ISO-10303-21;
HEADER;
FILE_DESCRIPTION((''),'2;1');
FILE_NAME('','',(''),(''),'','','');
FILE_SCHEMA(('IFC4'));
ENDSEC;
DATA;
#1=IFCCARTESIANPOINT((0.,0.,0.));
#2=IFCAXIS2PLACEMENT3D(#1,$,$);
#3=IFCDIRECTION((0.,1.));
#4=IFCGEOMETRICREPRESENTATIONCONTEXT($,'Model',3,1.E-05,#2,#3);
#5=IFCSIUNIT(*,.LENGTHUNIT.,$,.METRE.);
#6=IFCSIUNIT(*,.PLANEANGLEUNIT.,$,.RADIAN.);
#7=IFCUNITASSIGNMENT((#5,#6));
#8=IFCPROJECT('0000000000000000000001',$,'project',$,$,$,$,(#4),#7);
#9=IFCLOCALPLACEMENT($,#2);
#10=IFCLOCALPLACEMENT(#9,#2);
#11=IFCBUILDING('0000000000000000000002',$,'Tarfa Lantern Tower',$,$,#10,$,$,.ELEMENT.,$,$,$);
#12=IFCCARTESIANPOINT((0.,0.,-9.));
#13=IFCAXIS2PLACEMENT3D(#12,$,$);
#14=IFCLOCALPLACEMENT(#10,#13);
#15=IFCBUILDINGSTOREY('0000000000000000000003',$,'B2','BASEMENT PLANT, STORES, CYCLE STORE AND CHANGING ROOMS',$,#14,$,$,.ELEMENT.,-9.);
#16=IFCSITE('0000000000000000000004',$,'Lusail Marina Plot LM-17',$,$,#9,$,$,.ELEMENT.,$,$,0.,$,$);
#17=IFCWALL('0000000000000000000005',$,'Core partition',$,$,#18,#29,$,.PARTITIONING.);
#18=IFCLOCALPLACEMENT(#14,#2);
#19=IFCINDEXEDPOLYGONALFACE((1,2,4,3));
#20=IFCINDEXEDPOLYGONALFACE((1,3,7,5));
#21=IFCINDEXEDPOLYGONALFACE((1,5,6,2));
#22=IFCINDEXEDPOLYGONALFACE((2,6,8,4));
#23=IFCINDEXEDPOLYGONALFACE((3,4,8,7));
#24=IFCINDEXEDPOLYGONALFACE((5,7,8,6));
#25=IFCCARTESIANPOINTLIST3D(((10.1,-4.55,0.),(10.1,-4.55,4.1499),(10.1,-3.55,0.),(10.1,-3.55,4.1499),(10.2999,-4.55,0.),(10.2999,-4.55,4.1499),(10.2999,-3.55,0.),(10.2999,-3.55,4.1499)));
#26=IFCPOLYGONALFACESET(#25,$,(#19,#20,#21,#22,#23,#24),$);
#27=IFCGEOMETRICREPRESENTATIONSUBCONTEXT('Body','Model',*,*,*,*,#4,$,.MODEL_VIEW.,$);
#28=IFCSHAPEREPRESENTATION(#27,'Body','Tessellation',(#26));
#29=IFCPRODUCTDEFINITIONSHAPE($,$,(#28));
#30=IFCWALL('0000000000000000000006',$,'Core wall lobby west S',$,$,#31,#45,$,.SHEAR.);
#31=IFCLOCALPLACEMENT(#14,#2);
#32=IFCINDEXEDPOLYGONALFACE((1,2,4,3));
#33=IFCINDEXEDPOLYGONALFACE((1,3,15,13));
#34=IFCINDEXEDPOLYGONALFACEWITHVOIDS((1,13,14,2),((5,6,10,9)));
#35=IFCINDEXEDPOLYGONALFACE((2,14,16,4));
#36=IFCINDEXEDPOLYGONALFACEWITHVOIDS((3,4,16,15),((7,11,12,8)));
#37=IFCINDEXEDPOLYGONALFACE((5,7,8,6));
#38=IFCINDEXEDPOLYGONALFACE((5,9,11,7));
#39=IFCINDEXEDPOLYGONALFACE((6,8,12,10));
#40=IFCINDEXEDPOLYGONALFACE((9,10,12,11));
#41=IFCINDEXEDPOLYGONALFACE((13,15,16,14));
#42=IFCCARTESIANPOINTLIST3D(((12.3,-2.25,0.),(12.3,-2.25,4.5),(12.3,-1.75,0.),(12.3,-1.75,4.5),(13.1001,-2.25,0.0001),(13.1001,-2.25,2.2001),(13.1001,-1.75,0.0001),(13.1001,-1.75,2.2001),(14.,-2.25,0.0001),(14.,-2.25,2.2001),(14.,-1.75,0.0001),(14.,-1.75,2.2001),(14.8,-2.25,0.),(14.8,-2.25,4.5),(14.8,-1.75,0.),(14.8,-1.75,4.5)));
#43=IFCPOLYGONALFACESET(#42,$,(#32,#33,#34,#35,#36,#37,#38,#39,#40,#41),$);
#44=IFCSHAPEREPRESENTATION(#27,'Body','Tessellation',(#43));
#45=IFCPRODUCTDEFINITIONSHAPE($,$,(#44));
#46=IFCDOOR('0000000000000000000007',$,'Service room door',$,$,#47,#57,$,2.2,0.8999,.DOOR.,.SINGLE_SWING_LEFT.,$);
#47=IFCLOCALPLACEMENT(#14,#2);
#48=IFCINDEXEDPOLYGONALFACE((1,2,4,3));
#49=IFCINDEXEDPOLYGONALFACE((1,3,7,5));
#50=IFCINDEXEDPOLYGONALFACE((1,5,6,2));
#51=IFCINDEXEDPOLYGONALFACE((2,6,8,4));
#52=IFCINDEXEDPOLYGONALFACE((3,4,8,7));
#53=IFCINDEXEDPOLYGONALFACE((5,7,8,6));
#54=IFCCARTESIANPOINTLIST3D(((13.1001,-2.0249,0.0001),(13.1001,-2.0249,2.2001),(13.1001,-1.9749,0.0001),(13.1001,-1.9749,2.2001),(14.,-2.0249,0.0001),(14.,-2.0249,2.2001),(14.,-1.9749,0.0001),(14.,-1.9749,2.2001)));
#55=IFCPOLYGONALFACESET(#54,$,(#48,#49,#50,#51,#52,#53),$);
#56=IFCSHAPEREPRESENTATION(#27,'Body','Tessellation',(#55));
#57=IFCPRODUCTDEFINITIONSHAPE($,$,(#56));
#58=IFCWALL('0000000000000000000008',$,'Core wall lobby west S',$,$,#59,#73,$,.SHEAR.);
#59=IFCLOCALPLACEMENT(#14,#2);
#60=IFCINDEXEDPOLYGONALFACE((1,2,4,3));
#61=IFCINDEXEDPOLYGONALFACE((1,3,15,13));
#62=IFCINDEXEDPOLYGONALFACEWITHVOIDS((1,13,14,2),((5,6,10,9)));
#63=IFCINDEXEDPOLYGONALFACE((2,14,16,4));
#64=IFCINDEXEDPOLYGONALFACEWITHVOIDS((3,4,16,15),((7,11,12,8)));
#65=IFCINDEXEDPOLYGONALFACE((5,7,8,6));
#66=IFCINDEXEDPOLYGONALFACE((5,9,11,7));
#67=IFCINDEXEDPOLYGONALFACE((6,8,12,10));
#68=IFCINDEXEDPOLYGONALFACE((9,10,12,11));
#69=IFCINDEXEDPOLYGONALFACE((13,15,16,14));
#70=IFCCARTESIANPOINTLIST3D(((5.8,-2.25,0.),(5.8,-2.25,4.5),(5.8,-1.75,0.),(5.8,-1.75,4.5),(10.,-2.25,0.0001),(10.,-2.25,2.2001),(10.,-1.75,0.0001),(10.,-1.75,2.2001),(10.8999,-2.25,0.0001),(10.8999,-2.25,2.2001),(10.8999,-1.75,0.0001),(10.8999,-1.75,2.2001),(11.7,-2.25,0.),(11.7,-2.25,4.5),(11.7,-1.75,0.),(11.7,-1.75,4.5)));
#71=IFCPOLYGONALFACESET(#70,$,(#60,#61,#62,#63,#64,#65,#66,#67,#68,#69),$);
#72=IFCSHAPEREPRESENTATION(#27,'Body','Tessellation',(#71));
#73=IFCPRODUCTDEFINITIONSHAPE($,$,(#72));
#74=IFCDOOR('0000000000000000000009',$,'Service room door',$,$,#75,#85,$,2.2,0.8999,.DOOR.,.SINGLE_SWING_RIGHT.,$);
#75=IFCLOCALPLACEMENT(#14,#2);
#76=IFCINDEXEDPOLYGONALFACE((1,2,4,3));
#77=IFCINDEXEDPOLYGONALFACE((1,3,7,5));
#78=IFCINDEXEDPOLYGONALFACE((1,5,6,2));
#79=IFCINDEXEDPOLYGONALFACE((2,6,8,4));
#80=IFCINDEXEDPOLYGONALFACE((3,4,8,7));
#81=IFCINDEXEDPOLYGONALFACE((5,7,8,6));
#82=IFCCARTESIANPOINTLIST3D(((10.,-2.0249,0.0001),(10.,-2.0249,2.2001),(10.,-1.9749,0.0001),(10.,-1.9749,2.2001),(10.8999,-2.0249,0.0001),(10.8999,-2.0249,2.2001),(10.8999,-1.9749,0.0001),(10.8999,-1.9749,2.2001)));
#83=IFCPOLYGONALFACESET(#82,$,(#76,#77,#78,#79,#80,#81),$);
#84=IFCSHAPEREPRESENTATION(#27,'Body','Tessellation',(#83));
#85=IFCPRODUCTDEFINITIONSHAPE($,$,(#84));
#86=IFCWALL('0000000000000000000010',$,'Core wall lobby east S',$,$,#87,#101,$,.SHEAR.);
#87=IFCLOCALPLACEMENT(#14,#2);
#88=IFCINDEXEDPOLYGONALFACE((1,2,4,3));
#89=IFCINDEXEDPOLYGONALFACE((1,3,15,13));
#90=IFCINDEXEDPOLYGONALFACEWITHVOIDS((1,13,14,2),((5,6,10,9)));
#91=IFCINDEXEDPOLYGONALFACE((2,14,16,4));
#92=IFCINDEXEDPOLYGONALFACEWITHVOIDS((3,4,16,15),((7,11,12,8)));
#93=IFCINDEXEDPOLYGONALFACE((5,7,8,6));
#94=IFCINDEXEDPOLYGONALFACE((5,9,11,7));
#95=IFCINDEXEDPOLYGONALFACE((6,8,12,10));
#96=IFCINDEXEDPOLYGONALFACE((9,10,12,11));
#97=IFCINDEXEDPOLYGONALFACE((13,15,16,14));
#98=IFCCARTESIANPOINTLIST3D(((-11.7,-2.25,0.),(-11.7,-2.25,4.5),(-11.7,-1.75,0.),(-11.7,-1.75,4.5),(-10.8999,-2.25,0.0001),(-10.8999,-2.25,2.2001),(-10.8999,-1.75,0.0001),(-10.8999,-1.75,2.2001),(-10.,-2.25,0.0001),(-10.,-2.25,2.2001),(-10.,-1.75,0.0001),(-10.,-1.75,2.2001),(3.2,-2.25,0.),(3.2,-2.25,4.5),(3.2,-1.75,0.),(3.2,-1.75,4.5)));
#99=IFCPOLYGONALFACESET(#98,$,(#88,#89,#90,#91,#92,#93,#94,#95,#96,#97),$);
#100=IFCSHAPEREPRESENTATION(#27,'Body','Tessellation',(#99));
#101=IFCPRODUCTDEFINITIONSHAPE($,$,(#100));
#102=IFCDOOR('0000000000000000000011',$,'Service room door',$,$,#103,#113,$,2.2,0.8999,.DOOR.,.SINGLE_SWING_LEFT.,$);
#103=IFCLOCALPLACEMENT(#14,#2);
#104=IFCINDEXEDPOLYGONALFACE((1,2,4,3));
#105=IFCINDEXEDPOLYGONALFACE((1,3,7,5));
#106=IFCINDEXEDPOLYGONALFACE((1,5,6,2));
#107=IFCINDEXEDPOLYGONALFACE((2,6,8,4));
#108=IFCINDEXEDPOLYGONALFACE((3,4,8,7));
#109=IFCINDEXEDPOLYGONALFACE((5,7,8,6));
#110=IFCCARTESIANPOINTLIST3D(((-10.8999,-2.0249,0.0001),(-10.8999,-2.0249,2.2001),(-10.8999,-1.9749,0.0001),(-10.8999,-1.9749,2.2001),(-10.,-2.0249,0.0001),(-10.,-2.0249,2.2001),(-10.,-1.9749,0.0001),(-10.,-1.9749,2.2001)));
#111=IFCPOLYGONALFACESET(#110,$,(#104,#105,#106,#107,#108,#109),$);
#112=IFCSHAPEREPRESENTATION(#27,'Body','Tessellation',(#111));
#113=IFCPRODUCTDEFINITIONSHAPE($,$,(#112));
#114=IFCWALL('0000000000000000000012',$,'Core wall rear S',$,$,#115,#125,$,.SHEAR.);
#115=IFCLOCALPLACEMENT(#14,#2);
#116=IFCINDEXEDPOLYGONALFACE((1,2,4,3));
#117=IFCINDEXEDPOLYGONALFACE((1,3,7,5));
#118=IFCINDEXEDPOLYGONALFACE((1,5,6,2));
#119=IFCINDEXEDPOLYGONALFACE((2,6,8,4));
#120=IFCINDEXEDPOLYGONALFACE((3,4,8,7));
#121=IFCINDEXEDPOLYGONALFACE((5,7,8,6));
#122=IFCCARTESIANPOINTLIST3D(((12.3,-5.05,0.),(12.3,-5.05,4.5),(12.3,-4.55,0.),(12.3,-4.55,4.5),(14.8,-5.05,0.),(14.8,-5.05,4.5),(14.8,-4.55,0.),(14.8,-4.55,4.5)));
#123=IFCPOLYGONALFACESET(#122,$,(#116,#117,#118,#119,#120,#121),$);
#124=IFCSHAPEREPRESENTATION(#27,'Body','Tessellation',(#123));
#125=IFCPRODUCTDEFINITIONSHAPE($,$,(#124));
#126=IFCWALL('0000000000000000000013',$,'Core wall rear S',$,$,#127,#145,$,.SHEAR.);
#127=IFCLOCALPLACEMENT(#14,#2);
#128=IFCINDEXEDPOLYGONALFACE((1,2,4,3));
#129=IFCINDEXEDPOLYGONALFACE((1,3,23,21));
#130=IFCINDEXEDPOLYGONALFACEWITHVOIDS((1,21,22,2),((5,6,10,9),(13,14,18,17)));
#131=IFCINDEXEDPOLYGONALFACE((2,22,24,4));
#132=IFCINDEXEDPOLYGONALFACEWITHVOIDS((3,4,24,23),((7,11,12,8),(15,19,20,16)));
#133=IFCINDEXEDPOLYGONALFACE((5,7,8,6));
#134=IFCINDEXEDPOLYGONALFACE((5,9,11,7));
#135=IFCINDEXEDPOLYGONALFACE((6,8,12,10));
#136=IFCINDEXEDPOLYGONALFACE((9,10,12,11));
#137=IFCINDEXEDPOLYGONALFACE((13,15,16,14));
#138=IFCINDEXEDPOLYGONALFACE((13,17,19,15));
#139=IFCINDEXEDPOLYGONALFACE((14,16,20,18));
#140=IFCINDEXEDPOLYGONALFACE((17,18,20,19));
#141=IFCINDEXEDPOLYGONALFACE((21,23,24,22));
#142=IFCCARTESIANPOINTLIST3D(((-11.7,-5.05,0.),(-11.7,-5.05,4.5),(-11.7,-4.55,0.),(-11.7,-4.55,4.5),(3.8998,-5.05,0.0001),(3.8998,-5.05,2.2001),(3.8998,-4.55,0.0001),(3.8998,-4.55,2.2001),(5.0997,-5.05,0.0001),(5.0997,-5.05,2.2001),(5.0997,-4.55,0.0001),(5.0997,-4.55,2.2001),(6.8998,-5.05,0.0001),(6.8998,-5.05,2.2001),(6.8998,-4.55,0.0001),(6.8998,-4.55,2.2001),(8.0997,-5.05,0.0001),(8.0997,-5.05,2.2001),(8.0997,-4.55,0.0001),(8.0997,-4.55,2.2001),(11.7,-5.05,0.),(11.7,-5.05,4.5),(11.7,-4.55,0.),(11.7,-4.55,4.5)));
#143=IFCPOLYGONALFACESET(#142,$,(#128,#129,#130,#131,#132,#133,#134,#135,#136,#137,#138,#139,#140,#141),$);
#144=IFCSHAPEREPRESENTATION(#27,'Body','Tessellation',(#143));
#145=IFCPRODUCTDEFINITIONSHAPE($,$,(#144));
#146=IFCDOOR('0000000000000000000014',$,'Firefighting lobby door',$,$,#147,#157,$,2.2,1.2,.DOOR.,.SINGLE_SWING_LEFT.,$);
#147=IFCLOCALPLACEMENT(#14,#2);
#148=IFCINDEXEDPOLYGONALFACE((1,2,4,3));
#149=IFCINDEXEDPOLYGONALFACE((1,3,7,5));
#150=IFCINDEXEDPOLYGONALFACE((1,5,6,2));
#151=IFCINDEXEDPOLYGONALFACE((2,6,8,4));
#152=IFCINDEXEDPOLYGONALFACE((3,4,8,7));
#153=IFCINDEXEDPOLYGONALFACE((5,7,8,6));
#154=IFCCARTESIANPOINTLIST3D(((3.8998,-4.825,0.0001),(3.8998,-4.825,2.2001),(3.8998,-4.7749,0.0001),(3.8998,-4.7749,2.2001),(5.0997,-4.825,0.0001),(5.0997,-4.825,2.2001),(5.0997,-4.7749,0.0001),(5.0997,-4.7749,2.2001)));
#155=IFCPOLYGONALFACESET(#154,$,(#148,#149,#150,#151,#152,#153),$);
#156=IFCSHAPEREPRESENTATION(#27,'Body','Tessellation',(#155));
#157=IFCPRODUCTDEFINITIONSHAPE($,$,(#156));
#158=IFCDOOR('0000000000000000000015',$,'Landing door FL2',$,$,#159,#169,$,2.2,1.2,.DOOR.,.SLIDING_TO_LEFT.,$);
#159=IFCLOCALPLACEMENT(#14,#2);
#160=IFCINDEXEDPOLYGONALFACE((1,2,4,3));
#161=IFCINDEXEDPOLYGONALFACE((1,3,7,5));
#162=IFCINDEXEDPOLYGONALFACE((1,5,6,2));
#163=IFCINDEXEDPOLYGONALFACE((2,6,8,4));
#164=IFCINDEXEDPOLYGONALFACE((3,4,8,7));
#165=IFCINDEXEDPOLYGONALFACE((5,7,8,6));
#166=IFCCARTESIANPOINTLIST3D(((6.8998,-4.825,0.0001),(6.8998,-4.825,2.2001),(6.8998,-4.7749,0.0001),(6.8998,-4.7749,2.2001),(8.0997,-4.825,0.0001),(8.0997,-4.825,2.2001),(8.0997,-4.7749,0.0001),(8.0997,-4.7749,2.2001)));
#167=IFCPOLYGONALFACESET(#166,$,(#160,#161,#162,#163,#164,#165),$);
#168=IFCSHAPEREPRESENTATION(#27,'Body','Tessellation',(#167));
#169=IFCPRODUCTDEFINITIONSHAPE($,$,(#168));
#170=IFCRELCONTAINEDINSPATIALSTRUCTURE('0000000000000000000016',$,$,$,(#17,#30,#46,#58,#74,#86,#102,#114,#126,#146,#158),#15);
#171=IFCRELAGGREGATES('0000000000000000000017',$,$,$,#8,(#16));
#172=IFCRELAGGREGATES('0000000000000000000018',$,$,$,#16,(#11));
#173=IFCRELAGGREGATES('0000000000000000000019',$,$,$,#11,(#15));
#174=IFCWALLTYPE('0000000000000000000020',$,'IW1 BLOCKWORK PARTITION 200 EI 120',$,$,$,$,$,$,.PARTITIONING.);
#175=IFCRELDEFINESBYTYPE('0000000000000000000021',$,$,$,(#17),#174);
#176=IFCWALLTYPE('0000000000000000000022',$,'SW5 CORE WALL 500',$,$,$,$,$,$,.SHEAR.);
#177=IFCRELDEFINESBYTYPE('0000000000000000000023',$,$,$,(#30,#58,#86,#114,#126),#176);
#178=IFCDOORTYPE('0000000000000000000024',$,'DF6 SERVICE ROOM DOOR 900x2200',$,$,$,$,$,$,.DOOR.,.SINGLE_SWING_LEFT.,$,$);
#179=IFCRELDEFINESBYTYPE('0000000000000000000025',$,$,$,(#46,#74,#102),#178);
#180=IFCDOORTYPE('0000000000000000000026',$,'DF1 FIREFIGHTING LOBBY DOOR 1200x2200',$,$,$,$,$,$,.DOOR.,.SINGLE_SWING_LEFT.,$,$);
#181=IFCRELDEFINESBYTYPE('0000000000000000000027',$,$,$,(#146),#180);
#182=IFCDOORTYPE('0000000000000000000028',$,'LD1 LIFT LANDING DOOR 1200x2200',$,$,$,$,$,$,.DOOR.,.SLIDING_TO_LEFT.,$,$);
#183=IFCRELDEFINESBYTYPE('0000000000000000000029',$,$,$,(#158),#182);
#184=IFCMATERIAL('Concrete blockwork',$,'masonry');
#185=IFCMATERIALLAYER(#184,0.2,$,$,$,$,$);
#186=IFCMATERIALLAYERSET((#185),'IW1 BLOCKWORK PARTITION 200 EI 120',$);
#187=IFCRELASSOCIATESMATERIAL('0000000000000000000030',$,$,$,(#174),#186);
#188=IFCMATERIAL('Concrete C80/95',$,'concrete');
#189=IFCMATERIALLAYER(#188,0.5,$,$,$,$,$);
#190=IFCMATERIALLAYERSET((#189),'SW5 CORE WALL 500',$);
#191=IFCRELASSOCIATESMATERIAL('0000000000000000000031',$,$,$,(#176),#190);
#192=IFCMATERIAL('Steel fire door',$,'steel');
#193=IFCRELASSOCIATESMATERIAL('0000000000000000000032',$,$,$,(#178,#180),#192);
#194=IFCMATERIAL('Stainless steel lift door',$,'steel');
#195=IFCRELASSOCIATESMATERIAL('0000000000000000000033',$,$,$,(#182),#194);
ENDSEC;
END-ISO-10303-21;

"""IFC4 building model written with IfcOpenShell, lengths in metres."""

from ifc_helpers import new_model, si_unit, direction, frame, frame_2d, origin, place, context, subcontext, project, spatial, rectangle, extrude, material, layer, layer_set, type_object, element, fill, save


model = new_model("IFC4")

# Units and contexts
model_context = context("Model", 3, precision=1e-05, world=origin(), true_north=direction((0.0, 1.0)))
body_context = subcontext(model_context, "Body", "Model", "MODEL_VIEW")
ifc_project = project(units=[si_unit("LENGTHUNIT", "METRE"), si_unit("PLANEANGLEUNIT", "RADIAN")], contexts=[model_context])

# Site, building, storey
site_placement = place(None, origin())
site = spatial("IfcSite", under=ifc_project, at=site_placement, Name="Lusail Marina Plot LM-17", CompositionType="ELEMENT", RefElevation=0.0)
building_placement = place(site_placement, origin())
building = spatial("IfcBuilding", under=site, at=building_placement, Name="Tarfa Lantern Tower", CompositionType="ELEMENT")
storey_placement = place(building_placement, frame((0.0, 0.0, -9.0)))
storey = spatial("IfcBuildingStorey", under=building, at=storey_placement, Name="B2", Description="BASEMENT PLANT, STORES, CYCLE STORE AND CHANGING ROOMS", CompositionType="ELEMENT", Elevation=-9.0)

# Wall
ifc_material_1 = material(Name="Concrete blockwork", Category="masonry")
ifc_layer_1 = layer(ifc_material_1, 0.2)
ifc_layer_set_1 = layer_set([ifc_layer_1], Name="IW1 BLOCKWORK PARTITION 200 EI 120")
wall_type_1 = type_object("IfcWallType", Name="IW1 BLOCKWORK PARTITION 200 EI 120", PredefinedType="PARTITIONING", material=ifc_layer_set_1)
for number, where, z_axis, x_axis, name in (
    (1, (10.2, -3.55, 0.0), (0.0, 0.0, 1.0), (0.0, -1.0, 0.0), "Core partition"),
):
    element("IfcWall", number, at=place(storey_placement, frame(where, z_axis=z_axis, x_axis=x_axis)), inside=storey, type_object=wall_type_1, Name=name, PredefinedType="PARTITIONING", context=body_context, shape_type="SweptSolid", body=[
        extrude(rectangle(XDim=1.0, YDim=0.2, at=frame_2d((0.5, 0.0))), origin(), (0.0, 0.0, 1.0), 4.1499),
    ])

# Walls, openings, doors
ifc_material_2 = material(Name="Concrete C80/95", Category="concrete")
ifc_layer_2 = layer(ifc_material_2, 0.5)
ifc_layer_set_2 = layer_set([ifc_layer_2], Name="SW5 CORE WALL 500")
wall_type_2 = type_object("IfcWallType", Name="SW5 CORE WALL 500", PredefinedType="SHEAR", material=ifc_layer_set_2)
wall_1_placement = place(storey_placement, frame((14.8, -2.0, 0.0), z_axis=(0.0, 0.0, 1.0), x_axis=(-1.0, 0.0, 0.0)))
wall_1 = element("IfcWall", 2, at=wall_1_placement, inside=storey, type_object=wall_type_2, Name="Core wall lobby west S", PredefinedType="SHEAR", context=body_context, shape_type="SweptSolid", body=[
    extrude(rectangle(XDim=2.5, YDim=0.5, at=frame_2d((1.25, 0.0))), origin(), (0.0, 0.0, 1.0), 4.5),
])
opening_1_placement = place(wall_1_placement, frame((0.8, 0.0, 0.0)))
opening_1 = element("IfcOpeningElement", 3, at=opening_1_placement, cuts=wall_1, PredefinedType="OPENING", context=body_context, shape_type="SweptSolid", body=[
    extrude(rectangle(XDim=0.8999, YDim=2.2, at=frame_2d((0.45, 1.1001))), frame((0.0, 0.26, 0.0), z_axis=(0.0, -1.0, 0.0), x_axis=(1.0, 0.0, 0.0)), (0.0, 0.0, 1.0), 0.52),
])
ifc_material_3 = material(Name="Steel fire door", Category="steel")
door_type_1 = type_object("IfcDoorType", Name="DF6 SERVICE ROOM DOOR 900x2200", OperationType="SINGLE_SWING_LEFT", PredefinedType="DOOR", material=ifc_material_3)
door_1_placement = place(opening_1_placement, origin())
door_1 = element("IfcDoor", 4, at=door_1_placement, inside=storey, type_object=door_type_1, Name="Service room door", OperationType="SINGLE_SWING_LEFT", OverallHeight=2.2, OverallWidth=0.8999, PredefinedType="DOOR", context=body_context, shape_type="SweptSolid", body=[
    extrude(rectangle(XDim=0.8999, YDim=2.2, at=frame_2d((0.45, 1.1001))), frame((0.0, 0.0249, 0.0), z_axis=(0.0, -1.0, 0.0), x_axis=(1.0, 0.0, 0.0)), (0.0, 0.0, 1.0), 0.05),
])
fill(opening_1, door_1)
wall_2_placement = place(storey_placement, frame((11.7, -2.0, 0.0), z_axis=(0.0, 0.0, 1.0), x_axis=(-1.0, 0.0, 0.0)))
wall_2 = element("IfcWall", 5, at=wall_2_placement, inside=storey, type_object=wall_type_2, Name="Core wall lobby west S", PredefinedType="SHEAR", context=body_context, shape_type="SweptSolid", body=[
    extrude(rectangle(XDim=5.8999, YDim=0.5, at=frame_2d((2.95, 0.0))), origin(), (0.0, 0.0, 1.0), 4.5),
])
opening_2_placement = place(wall_2_placement, frame((0.8, 0.0, 0.0)))
opening_2 = element("IfcOpeningElement", 6, at=opening_2_placement, cuts=wall_2, PredefinedType="OPENING", context=body_context, shape_type="SweptSolid", body=[
    extrude(rectangle(XDim=0.8999, YDim=2.2, at=frame_2d((0.45, 1.1001))), frame((0.0, 0.26, 0.0), z_axis=(0.0, -1.0, 0.0), x_axis=(1.0, 0.0, 0.0)), (0.0, 0.0, 1.0), 0.52),
])
door_2_placement = place(opening_2_placement, origin())
door_2 = element("IfcDoor", 7, at=door_2_placement, inside=storey, type_object=door_type_1, Name="Service room door", OperationType="SINGLE_SWING_RIGHT", OverallHeight=2.2, OverallWidth=0.8999, PredefinedType="DOOR", context=body_context, shape_type="SweptSolid", body=[
    extrude(rectangle(XDim=0.8999, YDim=2.2, at=frame_2d((0.45, 1.1001))), frame((0.0, 0.0249, 0.0), z_axis=(0.0, -1.0, 0.0), x_axis=(1.0, 0.0, 0.0)), (0.0, 0.0, 1.0), 0.05),
])
fill(opening_2, door_2)
wall_3_placement = place(storey_placement, frame((3.2, -2.0, 0.0), z_axis=(0.0, 0.0, 1.0), x_axis=(-1.0, 0.0, 0.0)))
wall_3 = element("IfcWall", 8, at=wall_3_placement, inside=storey, type_object=wall_type_2, Name="Core wall lobby east S", PredefinedType="SHEAR", context=body_context, shape_type="SweptSolid", body=[
    extrude(rectangle(XDim=14.8999, YDim=0.5, at=frame_2d((7.45, 0.0))), origin(), (0.0, 0.0, 1.0), 4.5),
])
opening_3_placement = place(wall_3_placement, frame((13.2, 0.0, 0.0)))
opening_3 = element("IfcOpeningElement", 9, at=opening_3_placement, cuts=wall_3, PredefinedType="OPENING", context=body_context, shape_type="SweptSolid", body=[
    extrude(rectangle(XDim=0.8999, YDim=2.2, at=frame_2d((0.45, 1.1001))), frame((0.0, 0.26, 0.0), z_axis=(0.0, -1.0, 0.0), x_axis=(1.0, 0.0, 0.0)), (0.0, 0.0, 1.0), 0.52),
])
door_3_placement = place(opening_3_placement, origin())
door_3 = element("IfcDoor", 10, at=door_3_placement, inside=storey, type_object=door_type_1, Name="Service room door", OperationType="SINGLE_SWING_LEFT", OverallHeight=2.2, OverallWidth=0.8999, PredefinedType="DOOR", context=body_context, shape_type="SweptSolid", body=[
    extrude(rectangle(XDim=0.8999, YDim=2.2, at=frame_2d((0.45, 1.1001))), frame((0.0, 0.0249, 0.0), z_axis=(0.0, -1.0, 0.0), x_axis=(1.0, 0.0, 0.0)), (0.0, 0.0, 1.0), 0.05),
])
fill(opening_3, door_3)

# Wall
wall_4_placement = place(storey_placement, frame((14.8, -4.8, 0.0), z_axis=(0.0, 0.0, 1.0), x_axis=(-1.0, 0.0, 0.0)))
element("IfcWall", 11, at=wall_4_placement, inside=storey, type_object=wall_type_2, Name="Core wall rear S", PredefinedType="SHEAR", context=body_context, shape_type="SweptSolid", body=[
    extrude(rectangle(XDim=2.5, YDim=0.5, at=frame_2d((1.25, 0.0))), origin(), (0.0, 0.0, 1.0), 4.5),
])

# Wall, openings, doors
wall_5_placement = place(storey_placement, frame((11.7, -4.8, 0.0), z_axis=(0.0, 0.0, 1.0), x_axis=(-1.0, 0.0, 0.0)))
wall_5 = element("IfcWall", 12, at=wall_5_placement, inside=storey, type_object=wall_type_2, Name="Core wall rear S", PredefinedType="SHEAR", context=body_context, shape_type="SweptSolid", body=[
    extrude(rectangle(XDim=23.3999, YDim=0.5, at=frame_2d((11.7, 0.0))), origin(), (0.0, 0.0, 1.0), 4.5),
])
opening_4_placement = place(wall_5_placement, frame((6.6001, 0.0, 0.0)))
opening_4 = element("IfcOpeningElement", 13, at=opening_4_placement, cuts=wall_5, PredefinedType="OPENING", context=body_context, shape_type="SweptSolid", body=[
    extrude(rectangle(XDim=1.2, YDim=2.2, at=frame_2d((0.6001, 1.1001))), frame((0.0, 0.26, 0.0), z_axis=(0.0, -1.0, 0.0), x_axis=(1.0, 0.0, 0.0)), (0.0, 0.0, 1.0), 0.52),
])
opening_5_placement = place(wall_5_placement, frame((3.6001, 0.0, 0.0)))
opening_5 = element("IfcOpeningElement", 14, at=opening_5_placement, cuts=wall_5, PredefinedType="OPENING", context=body_context, shape_type="SweptSolid", body=[
    extrude(rectangle(XDim=1.2, YDim=2.2, at=frame_2d((0.6001, 1.1001))), frame((0.0, 0.26, 0.0), z_axis=(0.0, -1.0, 0.0), x_axis=(1.0, 0.0, 0.0)), (0.0, 0.0, 1.0), 0.52),
])
door_type_2 = type_object("IfcDoorType", Name="DF1 FIREFIGHTING LOBBY DOOR 1200x2200", OperationType="SINGLE_SWING_LEFT", PredefinedType="DOOR", material=ifc_material_3)
door_4_placement = place(opening_4_placement, origin())
door_4 = element("IfcDoor", 15, at=door_4_placement, inside=storey, type_object=door_type_2, Name="Firefighting lobby door", OperationType="SINGLE_SWING_LEFT", OverallHeight=2.2, OverallWidth=1.2, PredefinedType="DOOR", context=body_context, shape_type="SweptSolid", body=[
    extrude(rectangle(XDim=1.2, YDim=2.2, at=frame_2d((0.6001, 1.1001))), frame((0.0, 0.0249, 0.0), z_axis=(0.0, -1.0, 0.0), x_axis=(1.0, 0.0, 0.0)), (0.0, 0.0, 1.0), 0.05),
])
fill(opening_4, door_4)
ifc_material_4 = material(Name="Stainless steel lift door", Category="steel")
door_type_3 = type_object("IfcDoorType", Name="LD1 LIFT LANDING DOOR 1200x2200", OperationType="SLIDING_TO_LEFT", PredefinedType="DOOR", material=ifc_material_4)
door_5_placement = place(opening_5_placement, origin())
door_5 = element("IfcDoor", 16, at=door_5_placement, inside=storey, type_object=door_type_3, Name="Landing door FL2", OperationType="SLIDING_TO_LEFT", OverallHeight=2.2, OverallWidth=1.2, PredefinedType="DOOR", context=body_context, shape_type="SweptSolid", body=[
    extrude(rectangle(XDim=1.2, YDim=2.2, at=frame_2d((0.6001, 1.1001))), frame((0.0, 0.0249, 0.0), z_axis=(0.0, -1.0, 0.0), x_axis=(1.0, 0.0, 0.0)), (0.0, 0.0, 1.0), 0.05),
])
fill(opening_5, door_5)

save(model, "model.ifc")
